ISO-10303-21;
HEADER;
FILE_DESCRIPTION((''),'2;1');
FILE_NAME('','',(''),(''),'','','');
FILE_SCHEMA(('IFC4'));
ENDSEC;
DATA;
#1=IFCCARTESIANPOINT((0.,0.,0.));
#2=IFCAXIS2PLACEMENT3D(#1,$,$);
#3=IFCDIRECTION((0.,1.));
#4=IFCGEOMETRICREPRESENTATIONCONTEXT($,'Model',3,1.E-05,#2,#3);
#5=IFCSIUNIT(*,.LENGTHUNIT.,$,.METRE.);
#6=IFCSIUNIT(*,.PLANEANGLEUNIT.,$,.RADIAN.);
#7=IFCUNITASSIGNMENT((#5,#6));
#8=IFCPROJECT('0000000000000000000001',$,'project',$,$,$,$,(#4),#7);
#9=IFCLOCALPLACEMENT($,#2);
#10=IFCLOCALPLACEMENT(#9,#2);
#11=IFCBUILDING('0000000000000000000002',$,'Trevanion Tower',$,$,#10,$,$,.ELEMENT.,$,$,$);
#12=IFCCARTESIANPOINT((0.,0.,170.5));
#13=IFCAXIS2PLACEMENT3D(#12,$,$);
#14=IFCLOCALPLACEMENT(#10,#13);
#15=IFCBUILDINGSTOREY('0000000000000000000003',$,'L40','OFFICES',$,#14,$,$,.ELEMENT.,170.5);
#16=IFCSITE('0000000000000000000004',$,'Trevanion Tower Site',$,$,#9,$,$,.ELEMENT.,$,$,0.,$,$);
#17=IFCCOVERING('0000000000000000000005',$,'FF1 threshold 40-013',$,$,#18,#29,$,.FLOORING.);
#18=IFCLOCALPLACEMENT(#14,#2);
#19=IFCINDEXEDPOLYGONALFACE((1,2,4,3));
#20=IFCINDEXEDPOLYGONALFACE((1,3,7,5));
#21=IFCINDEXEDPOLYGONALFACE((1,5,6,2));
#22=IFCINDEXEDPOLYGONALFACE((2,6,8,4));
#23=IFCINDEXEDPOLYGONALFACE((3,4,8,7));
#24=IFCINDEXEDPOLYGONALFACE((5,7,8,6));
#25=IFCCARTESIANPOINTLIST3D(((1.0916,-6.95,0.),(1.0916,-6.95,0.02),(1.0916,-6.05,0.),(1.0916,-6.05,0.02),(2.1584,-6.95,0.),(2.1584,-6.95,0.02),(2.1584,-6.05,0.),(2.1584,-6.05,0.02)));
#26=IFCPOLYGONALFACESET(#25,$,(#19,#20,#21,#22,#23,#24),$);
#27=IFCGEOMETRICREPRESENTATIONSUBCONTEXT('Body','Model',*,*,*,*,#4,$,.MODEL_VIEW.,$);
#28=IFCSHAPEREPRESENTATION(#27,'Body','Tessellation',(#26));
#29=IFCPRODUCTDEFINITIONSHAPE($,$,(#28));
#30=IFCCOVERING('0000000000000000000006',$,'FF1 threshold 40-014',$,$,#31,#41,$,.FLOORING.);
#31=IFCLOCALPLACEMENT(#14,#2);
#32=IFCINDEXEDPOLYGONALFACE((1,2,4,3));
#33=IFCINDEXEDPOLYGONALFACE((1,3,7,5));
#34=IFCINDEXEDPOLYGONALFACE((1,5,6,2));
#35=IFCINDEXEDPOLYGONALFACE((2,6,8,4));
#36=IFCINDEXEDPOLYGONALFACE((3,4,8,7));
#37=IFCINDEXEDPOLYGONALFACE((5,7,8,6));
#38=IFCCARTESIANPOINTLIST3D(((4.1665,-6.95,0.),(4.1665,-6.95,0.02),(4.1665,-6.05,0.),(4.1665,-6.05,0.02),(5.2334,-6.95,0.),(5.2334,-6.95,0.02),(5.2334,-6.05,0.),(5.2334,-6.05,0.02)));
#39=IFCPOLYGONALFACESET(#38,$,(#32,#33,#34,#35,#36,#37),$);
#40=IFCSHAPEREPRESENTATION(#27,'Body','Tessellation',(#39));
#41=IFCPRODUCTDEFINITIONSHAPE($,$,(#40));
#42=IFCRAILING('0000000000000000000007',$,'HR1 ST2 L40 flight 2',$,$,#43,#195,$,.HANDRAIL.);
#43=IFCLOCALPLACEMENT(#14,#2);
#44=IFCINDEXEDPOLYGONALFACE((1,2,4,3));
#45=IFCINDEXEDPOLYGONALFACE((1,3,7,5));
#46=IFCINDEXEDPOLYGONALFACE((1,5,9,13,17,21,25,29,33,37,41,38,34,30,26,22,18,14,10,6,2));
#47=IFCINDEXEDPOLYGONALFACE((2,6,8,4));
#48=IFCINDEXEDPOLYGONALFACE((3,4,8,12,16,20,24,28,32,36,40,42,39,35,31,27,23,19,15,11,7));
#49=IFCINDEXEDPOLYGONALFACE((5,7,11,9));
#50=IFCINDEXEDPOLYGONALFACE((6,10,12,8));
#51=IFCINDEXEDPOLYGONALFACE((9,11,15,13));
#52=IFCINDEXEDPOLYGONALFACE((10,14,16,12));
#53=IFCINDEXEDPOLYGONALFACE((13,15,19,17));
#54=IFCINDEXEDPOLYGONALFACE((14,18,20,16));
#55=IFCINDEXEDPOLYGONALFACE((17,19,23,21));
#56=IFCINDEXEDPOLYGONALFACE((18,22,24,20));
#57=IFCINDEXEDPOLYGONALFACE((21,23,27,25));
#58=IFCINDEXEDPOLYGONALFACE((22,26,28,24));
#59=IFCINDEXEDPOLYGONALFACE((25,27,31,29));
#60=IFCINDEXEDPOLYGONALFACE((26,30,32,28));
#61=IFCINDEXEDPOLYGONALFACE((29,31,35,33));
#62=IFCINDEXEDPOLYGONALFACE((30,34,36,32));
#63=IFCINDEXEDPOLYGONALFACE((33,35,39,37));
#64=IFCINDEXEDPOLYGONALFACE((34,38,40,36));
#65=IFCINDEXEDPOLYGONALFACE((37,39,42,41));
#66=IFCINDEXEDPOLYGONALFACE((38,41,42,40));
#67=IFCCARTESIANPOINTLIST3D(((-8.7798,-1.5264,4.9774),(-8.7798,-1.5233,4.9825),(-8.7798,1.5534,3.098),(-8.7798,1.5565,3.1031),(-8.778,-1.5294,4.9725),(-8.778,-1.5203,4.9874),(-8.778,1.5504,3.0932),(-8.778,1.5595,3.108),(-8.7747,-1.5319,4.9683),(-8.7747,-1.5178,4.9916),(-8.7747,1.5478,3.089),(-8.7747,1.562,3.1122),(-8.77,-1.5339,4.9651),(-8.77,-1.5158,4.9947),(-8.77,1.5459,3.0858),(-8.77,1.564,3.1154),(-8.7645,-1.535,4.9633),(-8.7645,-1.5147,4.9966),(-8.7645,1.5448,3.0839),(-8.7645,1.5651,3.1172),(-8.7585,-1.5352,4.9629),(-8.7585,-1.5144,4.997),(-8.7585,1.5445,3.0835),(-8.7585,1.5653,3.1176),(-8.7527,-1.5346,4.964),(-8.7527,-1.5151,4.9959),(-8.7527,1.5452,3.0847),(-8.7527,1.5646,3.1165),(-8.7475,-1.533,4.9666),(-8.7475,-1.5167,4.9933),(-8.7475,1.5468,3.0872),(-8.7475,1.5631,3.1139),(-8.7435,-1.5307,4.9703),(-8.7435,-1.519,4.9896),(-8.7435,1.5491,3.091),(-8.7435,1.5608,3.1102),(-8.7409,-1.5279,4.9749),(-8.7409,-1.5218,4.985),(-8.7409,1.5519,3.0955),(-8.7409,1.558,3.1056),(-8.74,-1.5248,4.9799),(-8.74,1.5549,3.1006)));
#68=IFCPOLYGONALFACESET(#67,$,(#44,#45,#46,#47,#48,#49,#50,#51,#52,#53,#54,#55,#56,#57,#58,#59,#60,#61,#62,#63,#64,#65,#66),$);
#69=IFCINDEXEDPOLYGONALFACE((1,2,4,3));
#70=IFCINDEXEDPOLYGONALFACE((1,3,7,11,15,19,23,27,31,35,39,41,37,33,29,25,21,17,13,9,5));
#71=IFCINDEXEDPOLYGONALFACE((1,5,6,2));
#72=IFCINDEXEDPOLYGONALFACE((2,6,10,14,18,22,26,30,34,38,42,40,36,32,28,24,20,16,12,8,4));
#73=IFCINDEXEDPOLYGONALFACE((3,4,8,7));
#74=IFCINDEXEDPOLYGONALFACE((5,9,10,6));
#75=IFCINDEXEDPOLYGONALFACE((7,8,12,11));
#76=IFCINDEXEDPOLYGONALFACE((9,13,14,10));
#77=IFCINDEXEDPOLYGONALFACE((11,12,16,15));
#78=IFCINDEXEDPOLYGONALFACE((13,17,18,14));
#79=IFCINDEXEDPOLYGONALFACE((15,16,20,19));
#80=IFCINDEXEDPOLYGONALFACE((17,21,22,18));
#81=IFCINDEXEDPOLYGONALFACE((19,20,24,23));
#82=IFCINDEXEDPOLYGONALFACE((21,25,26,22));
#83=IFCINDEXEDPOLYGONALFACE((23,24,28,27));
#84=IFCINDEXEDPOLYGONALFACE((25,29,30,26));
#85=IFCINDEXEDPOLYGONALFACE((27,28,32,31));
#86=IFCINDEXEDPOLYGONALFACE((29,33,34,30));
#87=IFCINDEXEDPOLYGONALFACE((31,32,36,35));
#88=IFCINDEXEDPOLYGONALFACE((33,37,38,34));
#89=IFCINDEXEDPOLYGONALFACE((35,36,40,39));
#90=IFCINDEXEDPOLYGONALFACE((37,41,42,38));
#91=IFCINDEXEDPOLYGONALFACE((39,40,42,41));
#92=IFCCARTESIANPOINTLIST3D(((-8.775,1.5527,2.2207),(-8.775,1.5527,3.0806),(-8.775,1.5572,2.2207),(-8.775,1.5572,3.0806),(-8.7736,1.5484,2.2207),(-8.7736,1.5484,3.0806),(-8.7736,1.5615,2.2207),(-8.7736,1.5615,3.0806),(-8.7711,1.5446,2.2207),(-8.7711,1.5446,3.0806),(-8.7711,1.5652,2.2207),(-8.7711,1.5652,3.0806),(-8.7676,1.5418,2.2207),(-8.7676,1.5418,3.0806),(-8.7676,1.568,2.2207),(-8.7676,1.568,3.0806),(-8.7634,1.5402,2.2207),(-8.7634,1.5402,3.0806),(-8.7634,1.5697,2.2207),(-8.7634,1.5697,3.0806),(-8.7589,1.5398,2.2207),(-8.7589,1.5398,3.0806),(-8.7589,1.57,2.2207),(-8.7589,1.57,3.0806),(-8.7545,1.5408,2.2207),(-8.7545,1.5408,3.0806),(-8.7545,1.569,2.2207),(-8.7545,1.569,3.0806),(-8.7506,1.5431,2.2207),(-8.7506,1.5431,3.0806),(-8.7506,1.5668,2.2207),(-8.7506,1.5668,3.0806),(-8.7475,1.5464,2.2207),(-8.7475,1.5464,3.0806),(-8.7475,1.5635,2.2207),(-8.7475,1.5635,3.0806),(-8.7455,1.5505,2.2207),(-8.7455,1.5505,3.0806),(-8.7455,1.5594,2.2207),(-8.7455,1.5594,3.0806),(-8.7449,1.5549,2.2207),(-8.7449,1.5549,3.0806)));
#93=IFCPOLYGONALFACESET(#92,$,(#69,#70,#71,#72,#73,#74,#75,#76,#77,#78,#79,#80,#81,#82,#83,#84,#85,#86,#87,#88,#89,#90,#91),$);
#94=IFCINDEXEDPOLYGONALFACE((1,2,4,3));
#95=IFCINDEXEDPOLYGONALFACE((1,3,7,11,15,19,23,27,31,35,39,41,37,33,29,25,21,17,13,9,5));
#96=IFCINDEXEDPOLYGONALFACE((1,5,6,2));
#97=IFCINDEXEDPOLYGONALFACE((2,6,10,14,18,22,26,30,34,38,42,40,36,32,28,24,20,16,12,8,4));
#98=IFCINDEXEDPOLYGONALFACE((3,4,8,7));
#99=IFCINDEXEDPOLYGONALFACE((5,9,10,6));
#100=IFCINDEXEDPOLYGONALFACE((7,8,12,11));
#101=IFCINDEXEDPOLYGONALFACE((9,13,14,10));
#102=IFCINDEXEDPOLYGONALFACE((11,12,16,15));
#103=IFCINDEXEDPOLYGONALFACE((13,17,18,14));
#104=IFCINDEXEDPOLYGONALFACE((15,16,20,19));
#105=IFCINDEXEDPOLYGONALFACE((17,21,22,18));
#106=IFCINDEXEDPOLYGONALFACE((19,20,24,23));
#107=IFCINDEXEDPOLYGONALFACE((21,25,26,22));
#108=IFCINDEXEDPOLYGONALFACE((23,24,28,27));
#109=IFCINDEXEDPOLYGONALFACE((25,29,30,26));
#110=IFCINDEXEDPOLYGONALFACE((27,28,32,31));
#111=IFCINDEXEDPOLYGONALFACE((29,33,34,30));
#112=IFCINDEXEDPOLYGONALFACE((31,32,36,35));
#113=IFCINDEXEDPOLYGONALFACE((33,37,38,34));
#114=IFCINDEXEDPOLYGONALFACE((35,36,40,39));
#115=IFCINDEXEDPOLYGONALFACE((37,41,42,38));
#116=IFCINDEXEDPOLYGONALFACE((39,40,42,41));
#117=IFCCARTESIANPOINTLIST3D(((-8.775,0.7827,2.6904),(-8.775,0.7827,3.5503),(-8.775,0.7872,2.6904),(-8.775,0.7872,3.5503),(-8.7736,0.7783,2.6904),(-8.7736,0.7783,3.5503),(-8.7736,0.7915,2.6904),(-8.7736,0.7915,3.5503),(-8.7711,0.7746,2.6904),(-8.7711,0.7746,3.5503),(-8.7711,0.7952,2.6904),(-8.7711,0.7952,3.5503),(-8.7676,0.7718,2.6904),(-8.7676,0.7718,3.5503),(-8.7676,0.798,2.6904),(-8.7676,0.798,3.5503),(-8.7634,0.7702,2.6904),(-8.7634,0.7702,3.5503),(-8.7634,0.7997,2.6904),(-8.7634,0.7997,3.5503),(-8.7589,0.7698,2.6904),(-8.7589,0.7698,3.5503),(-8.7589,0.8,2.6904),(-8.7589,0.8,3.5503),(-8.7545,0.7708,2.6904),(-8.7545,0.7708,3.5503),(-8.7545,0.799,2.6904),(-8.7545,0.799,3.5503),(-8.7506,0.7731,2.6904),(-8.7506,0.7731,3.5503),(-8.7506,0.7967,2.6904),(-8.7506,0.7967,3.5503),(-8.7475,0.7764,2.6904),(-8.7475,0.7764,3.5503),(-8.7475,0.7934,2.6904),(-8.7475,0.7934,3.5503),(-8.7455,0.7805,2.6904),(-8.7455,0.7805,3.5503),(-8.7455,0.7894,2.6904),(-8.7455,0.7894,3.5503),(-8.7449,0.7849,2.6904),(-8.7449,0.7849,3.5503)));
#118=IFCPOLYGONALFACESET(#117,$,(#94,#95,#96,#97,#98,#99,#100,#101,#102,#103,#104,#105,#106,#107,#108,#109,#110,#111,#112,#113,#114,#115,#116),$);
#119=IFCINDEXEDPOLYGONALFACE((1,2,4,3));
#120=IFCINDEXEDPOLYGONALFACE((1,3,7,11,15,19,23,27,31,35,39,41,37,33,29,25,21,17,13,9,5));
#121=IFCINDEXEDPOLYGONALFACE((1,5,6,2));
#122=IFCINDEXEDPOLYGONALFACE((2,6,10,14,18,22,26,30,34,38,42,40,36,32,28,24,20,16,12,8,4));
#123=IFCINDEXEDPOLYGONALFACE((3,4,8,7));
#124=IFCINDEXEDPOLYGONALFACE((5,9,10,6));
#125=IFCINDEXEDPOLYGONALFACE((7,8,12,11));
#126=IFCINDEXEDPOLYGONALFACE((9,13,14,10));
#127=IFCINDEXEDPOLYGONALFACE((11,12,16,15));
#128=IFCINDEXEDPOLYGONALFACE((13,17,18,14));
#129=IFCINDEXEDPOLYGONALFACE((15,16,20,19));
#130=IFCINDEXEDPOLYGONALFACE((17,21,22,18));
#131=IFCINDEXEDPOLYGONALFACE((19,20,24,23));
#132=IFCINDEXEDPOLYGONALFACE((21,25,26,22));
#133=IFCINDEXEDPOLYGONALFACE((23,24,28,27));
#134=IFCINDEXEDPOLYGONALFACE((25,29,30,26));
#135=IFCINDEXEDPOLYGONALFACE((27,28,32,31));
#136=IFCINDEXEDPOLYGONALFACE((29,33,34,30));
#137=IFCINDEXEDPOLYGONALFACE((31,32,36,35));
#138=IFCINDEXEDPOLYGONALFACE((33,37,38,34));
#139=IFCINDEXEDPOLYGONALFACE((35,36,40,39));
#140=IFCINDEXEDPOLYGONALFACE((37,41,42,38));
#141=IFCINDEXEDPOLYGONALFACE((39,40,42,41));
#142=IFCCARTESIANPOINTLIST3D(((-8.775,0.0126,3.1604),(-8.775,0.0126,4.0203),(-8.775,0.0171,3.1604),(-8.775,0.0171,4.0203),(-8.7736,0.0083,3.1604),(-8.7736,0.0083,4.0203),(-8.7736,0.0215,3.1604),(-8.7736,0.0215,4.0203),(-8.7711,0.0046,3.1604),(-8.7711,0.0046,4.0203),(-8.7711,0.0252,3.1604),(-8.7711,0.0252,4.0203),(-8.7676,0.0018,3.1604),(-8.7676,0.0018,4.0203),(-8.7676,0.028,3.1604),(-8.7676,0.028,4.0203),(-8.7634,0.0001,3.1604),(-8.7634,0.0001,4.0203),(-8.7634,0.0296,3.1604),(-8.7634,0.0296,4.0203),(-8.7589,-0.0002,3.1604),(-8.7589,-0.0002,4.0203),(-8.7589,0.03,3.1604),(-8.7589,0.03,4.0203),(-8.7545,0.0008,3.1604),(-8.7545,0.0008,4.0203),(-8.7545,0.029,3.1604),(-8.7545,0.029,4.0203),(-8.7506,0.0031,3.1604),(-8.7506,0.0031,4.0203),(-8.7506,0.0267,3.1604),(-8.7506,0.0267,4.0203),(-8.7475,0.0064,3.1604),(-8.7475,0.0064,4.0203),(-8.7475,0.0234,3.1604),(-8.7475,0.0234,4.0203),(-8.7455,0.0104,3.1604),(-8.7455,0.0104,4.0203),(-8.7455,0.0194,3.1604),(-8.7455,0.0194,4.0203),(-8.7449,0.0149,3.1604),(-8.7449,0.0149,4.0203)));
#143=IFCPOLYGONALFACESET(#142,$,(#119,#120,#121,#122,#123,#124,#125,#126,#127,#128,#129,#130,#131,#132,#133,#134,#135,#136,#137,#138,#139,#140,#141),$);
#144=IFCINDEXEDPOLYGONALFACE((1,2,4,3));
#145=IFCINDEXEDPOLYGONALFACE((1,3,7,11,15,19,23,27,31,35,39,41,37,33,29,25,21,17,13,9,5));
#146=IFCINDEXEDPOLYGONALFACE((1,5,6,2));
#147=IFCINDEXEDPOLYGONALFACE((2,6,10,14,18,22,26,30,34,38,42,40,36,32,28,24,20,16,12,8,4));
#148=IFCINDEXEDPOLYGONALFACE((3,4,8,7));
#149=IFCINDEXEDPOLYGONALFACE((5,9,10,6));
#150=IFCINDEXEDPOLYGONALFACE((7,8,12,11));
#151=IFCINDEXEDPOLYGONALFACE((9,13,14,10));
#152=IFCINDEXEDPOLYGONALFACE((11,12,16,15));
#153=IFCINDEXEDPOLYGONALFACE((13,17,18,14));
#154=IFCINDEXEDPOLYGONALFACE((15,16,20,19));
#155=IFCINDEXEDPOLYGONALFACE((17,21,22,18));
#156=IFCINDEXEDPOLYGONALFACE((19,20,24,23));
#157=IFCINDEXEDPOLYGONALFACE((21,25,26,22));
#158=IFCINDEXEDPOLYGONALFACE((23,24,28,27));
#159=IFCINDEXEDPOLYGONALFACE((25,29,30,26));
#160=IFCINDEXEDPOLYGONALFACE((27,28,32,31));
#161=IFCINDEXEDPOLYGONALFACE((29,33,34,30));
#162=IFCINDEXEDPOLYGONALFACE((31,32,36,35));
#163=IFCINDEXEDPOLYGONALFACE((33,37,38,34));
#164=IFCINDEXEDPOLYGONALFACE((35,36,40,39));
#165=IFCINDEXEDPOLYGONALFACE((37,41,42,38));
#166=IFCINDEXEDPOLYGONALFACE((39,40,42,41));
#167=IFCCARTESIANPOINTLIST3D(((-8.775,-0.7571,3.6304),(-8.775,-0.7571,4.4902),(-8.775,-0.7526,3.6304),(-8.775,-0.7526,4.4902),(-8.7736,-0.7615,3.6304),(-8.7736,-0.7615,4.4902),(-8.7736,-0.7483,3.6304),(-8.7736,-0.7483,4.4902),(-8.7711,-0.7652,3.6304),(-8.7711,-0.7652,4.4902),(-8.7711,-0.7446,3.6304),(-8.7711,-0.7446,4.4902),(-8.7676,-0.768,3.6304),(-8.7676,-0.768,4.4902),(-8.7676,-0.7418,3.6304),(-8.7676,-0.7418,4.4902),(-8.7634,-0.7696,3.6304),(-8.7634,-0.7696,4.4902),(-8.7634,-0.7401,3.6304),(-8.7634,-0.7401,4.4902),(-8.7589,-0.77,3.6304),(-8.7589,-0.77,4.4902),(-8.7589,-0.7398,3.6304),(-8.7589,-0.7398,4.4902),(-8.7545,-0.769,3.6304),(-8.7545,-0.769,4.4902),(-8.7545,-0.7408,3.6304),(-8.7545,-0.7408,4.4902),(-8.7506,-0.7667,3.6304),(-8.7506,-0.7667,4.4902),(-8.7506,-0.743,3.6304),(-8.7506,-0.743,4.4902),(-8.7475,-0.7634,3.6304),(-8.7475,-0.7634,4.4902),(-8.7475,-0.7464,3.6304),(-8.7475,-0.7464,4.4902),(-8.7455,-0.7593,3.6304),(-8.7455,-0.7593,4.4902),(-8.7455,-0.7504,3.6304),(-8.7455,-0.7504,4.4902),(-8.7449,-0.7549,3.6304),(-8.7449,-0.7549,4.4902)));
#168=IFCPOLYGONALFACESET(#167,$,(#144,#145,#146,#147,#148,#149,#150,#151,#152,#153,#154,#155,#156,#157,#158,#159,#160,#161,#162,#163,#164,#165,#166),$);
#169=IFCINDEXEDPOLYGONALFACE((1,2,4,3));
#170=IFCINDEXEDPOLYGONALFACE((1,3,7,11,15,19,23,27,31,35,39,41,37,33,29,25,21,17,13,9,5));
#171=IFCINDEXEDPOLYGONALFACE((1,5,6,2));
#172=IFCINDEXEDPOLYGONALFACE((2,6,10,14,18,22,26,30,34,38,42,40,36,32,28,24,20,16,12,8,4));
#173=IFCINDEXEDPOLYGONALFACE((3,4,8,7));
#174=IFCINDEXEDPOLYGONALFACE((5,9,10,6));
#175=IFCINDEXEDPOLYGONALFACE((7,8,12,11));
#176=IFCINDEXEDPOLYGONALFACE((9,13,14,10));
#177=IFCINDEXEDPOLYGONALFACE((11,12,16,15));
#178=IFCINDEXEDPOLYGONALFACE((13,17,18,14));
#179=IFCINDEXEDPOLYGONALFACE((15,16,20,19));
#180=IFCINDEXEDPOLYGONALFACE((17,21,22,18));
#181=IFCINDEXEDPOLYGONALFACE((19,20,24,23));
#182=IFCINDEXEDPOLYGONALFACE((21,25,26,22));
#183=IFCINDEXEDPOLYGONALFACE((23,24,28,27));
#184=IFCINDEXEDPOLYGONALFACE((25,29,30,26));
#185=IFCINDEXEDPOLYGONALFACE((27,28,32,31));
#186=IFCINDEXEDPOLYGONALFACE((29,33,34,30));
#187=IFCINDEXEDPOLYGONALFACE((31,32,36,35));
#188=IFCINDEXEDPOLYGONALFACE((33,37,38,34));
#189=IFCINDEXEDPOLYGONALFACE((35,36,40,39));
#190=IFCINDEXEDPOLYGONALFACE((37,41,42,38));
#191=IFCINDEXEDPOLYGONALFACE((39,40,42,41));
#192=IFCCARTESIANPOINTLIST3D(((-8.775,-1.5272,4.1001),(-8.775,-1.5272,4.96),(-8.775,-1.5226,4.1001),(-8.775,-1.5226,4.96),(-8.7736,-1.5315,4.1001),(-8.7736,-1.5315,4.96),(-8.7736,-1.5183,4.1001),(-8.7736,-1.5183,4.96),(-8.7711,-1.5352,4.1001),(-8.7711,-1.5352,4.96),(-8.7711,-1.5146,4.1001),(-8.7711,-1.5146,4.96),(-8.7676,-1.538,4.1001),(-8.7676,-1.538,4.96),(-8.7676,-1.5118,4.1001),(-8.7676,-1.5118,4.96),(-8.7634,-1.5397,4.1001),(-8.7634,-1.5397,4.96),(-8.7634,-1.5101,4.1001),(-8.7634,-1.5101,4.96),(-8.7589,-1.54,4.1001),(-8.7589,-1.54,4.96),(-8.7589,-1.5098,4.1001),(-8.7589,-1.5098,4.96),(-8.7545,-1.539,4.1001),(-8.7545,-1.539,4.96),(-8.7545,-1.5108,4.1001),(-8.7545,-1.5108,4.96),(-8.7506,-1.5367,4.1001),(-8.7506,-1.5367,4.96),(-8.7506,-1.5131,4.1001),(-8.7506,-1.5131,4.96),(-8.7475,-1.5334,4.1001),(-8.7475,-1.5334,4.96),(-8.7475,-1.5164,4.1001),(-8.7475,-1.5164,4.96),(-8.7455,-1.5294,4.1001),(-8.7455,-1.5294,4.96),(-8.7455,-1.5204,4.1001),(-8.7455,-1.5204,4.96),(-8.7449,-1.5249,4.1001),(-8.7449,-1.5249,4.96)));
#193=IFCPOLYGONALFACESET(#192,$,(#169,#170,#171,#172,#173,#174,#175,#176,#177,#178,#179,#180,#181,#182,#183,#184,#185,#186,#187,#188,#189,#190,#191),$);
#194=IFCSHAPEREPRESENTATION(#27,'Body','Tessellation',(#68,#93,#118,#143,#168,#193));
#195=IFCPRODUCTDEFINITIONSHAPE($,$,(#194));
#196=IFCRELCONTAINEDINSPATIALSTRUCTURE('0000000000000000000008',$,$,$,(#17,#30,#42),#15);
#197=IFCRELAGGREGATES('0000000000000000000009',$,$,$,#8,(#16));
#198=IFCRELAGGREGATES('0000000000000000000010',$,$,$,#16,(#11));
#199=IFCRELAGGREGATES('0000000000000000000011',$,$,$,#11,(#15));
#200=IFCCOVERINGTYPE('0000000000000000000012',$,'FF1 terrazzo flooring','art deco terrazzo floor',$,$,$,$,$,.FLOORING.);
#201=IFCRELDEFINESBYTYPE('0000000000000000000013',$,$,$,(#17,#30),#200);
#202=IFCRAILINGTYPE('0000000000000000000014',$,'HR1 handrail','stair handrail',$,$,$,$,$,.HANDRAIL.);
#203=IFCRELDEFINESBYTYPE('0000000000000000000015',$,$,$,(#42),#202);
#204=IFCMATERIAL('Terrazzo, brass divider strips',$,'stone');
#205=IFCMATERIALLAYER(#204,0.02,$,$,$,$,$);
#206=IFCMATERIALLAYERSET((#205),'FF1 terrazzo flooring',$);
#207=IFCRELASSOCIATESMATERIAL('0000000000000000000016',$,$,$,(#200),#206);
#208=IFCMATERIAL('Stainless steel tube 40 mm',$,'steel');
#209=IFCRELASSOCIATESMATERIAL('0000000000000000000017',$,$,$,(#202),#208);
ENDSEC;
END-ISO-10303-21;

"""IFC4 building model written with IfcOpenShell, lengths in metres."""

from ifc_helpers import new_model, si_unit, direction, frame, origin, origin_2d, place, context, subcontext, project, spatial, polyline, circle, outline, extrude, material, layer, layer_set, type_object, element, save


model = new_model("IFC4")

# Units and contexts
model_context = context("Model", 3, precision=1e-05, world=origin(), true_north=direction((0.0, 1.0)))
body_context = subcontext(model_context, "Body", "Model", "MODEL_VIEW")
ifc_project = project(units=[si_unit("LENGTHUNIT", "METRE"), si_unit("PLANEANGLEUNIT", "RADIAN")], contexts=[model_context])

# Site, building, storey
site_placement = place(None, origin())
site = spatial("IfcSite", under=ifc_project, at=site_placement, Name="Trevanion Tower Site", CompositionType="ELEMENT", RefElevation=0.0)
building_placement = place(site_placement, origin())
building = spatial("IfcBuilding", under=site, at=building_placement, Name="Trevanion Tower", CompositionType="ELEMENT")
storey_placement = place(building_placement, frame((0.0, 0.0, 170.5)))
storey = spatial("IfcBuildingStorey", under=building, at=storey_placement, Name="L40", Description="OFFICES", CompositionType="ELEMENT", Elevation=170.5)

# Coverings
ifc_material_1 = material(Name="Terrazzo, brass divider strips", Category="stone")
ifc_layer_1 = layer(ifc_material_1, 0.02)
ifc_layer_set_1 = layer_set([ifc_layer_1], Name="FF1 terrazzo flooring")
covering_type_1 = type_object("IfcCoveringType", Name="FF1 terrazzo flooring", Description="art deco terrazzo floor", PredefinedType="FLOORING", material=ifc_layer_set_1)
covering_1_placement = place(storey_placement, origin())
element("IfcCovering", 1, at=covering_1_placement, inside=storey, type_object=covering_type_1, Name="FF1 threshold 40-013", PredefinedType="FLOORING", context=body_context, shape_type="SweptSolid", body=[
    extrude(outline(polyline([(1.0916, -6.95), (2.1584, -6.95), (2.1584, -6.05), (1.0916, -6.05), (1.0916, -6.95)])), origin(), (0.0, 0.0, 1.0), 0.02),
])
covering_2_placement = place(storey_placement, origin())
element("IfcCovering", 2, at=covering_2_placement, inside=storey, type_object=covering_type_1, Name="FF1 threshold 40-014", PredefinedType="FLOORING", context=body_context, shape_type="SweptSolid", body=[
    extrude(outline(polyline([(4.1665, -6.95), (5.2334, -6.95), (5.2334, -6.05), (4.1665, -6.05), (4.1665, -6.95)])), origin(), (0.0, 0.0, 1.0), 0.02),
])

# Railing
ifc_material_2 = material(Name="Stainless steel tube 40 mm", Category="steel")
railing_type = type_object("IfcRailingType", Name="HR1 handrail", Description="stair handrail", PredefinedType="HANDRAIL", material=ifc_material_2)
for number, where, name in (
    (3, (-8.76, 1.5549, 2.2207), "HR1 ST2 L40 flight 2"),
):
    element("IfcRailing", number, at=place(storey_placement, frame(where)), inside=storey, type_object=railing_type, Name=name, PredefinedType="HANDRAIL", context=body_context, shape_type="SweptSolid", body=[
        extrude(circle(Radius=0.02, at=origin_2d()), frame((0.0, 0.0, 0.8799), z_axis=(0.0, -0.853618, 0.5209), x_axis=(1.0, 0.0, 0.0)), (0.0, 0.0, 1.0), 3.6079),
        extrude(circle(Radius=0.0151, at=origin_2d()), origin(), (0.0, 0.0, 1.0), 0.8599),
        extrude(circle(Radius=0.0151, at=origin_2d()), frame((0.0, -0.77, 0.4697)), (0.0, 0.0, 1.0), 0.8599),
        extrude(circle(Radius=0.0151, at=origin_2d()), frame((0.0, -1.54, 0.9397)), (0.0, 0.0, 1.0), 0.8599),
        extrude(circle(Radius=0.0151, at=origin_2d()), frame((0.0, -2.3098, 1.4097)), (0.0, 0.0, 1.0), 0.8599),
        extrude(circle(Radius=0.0151, at=origin_2d()), frame((0.0, -3.0798, 1.8794)), (0.0, 0.0, 1.0), 0.8599),
    ])

save(model, "model.ifc")
